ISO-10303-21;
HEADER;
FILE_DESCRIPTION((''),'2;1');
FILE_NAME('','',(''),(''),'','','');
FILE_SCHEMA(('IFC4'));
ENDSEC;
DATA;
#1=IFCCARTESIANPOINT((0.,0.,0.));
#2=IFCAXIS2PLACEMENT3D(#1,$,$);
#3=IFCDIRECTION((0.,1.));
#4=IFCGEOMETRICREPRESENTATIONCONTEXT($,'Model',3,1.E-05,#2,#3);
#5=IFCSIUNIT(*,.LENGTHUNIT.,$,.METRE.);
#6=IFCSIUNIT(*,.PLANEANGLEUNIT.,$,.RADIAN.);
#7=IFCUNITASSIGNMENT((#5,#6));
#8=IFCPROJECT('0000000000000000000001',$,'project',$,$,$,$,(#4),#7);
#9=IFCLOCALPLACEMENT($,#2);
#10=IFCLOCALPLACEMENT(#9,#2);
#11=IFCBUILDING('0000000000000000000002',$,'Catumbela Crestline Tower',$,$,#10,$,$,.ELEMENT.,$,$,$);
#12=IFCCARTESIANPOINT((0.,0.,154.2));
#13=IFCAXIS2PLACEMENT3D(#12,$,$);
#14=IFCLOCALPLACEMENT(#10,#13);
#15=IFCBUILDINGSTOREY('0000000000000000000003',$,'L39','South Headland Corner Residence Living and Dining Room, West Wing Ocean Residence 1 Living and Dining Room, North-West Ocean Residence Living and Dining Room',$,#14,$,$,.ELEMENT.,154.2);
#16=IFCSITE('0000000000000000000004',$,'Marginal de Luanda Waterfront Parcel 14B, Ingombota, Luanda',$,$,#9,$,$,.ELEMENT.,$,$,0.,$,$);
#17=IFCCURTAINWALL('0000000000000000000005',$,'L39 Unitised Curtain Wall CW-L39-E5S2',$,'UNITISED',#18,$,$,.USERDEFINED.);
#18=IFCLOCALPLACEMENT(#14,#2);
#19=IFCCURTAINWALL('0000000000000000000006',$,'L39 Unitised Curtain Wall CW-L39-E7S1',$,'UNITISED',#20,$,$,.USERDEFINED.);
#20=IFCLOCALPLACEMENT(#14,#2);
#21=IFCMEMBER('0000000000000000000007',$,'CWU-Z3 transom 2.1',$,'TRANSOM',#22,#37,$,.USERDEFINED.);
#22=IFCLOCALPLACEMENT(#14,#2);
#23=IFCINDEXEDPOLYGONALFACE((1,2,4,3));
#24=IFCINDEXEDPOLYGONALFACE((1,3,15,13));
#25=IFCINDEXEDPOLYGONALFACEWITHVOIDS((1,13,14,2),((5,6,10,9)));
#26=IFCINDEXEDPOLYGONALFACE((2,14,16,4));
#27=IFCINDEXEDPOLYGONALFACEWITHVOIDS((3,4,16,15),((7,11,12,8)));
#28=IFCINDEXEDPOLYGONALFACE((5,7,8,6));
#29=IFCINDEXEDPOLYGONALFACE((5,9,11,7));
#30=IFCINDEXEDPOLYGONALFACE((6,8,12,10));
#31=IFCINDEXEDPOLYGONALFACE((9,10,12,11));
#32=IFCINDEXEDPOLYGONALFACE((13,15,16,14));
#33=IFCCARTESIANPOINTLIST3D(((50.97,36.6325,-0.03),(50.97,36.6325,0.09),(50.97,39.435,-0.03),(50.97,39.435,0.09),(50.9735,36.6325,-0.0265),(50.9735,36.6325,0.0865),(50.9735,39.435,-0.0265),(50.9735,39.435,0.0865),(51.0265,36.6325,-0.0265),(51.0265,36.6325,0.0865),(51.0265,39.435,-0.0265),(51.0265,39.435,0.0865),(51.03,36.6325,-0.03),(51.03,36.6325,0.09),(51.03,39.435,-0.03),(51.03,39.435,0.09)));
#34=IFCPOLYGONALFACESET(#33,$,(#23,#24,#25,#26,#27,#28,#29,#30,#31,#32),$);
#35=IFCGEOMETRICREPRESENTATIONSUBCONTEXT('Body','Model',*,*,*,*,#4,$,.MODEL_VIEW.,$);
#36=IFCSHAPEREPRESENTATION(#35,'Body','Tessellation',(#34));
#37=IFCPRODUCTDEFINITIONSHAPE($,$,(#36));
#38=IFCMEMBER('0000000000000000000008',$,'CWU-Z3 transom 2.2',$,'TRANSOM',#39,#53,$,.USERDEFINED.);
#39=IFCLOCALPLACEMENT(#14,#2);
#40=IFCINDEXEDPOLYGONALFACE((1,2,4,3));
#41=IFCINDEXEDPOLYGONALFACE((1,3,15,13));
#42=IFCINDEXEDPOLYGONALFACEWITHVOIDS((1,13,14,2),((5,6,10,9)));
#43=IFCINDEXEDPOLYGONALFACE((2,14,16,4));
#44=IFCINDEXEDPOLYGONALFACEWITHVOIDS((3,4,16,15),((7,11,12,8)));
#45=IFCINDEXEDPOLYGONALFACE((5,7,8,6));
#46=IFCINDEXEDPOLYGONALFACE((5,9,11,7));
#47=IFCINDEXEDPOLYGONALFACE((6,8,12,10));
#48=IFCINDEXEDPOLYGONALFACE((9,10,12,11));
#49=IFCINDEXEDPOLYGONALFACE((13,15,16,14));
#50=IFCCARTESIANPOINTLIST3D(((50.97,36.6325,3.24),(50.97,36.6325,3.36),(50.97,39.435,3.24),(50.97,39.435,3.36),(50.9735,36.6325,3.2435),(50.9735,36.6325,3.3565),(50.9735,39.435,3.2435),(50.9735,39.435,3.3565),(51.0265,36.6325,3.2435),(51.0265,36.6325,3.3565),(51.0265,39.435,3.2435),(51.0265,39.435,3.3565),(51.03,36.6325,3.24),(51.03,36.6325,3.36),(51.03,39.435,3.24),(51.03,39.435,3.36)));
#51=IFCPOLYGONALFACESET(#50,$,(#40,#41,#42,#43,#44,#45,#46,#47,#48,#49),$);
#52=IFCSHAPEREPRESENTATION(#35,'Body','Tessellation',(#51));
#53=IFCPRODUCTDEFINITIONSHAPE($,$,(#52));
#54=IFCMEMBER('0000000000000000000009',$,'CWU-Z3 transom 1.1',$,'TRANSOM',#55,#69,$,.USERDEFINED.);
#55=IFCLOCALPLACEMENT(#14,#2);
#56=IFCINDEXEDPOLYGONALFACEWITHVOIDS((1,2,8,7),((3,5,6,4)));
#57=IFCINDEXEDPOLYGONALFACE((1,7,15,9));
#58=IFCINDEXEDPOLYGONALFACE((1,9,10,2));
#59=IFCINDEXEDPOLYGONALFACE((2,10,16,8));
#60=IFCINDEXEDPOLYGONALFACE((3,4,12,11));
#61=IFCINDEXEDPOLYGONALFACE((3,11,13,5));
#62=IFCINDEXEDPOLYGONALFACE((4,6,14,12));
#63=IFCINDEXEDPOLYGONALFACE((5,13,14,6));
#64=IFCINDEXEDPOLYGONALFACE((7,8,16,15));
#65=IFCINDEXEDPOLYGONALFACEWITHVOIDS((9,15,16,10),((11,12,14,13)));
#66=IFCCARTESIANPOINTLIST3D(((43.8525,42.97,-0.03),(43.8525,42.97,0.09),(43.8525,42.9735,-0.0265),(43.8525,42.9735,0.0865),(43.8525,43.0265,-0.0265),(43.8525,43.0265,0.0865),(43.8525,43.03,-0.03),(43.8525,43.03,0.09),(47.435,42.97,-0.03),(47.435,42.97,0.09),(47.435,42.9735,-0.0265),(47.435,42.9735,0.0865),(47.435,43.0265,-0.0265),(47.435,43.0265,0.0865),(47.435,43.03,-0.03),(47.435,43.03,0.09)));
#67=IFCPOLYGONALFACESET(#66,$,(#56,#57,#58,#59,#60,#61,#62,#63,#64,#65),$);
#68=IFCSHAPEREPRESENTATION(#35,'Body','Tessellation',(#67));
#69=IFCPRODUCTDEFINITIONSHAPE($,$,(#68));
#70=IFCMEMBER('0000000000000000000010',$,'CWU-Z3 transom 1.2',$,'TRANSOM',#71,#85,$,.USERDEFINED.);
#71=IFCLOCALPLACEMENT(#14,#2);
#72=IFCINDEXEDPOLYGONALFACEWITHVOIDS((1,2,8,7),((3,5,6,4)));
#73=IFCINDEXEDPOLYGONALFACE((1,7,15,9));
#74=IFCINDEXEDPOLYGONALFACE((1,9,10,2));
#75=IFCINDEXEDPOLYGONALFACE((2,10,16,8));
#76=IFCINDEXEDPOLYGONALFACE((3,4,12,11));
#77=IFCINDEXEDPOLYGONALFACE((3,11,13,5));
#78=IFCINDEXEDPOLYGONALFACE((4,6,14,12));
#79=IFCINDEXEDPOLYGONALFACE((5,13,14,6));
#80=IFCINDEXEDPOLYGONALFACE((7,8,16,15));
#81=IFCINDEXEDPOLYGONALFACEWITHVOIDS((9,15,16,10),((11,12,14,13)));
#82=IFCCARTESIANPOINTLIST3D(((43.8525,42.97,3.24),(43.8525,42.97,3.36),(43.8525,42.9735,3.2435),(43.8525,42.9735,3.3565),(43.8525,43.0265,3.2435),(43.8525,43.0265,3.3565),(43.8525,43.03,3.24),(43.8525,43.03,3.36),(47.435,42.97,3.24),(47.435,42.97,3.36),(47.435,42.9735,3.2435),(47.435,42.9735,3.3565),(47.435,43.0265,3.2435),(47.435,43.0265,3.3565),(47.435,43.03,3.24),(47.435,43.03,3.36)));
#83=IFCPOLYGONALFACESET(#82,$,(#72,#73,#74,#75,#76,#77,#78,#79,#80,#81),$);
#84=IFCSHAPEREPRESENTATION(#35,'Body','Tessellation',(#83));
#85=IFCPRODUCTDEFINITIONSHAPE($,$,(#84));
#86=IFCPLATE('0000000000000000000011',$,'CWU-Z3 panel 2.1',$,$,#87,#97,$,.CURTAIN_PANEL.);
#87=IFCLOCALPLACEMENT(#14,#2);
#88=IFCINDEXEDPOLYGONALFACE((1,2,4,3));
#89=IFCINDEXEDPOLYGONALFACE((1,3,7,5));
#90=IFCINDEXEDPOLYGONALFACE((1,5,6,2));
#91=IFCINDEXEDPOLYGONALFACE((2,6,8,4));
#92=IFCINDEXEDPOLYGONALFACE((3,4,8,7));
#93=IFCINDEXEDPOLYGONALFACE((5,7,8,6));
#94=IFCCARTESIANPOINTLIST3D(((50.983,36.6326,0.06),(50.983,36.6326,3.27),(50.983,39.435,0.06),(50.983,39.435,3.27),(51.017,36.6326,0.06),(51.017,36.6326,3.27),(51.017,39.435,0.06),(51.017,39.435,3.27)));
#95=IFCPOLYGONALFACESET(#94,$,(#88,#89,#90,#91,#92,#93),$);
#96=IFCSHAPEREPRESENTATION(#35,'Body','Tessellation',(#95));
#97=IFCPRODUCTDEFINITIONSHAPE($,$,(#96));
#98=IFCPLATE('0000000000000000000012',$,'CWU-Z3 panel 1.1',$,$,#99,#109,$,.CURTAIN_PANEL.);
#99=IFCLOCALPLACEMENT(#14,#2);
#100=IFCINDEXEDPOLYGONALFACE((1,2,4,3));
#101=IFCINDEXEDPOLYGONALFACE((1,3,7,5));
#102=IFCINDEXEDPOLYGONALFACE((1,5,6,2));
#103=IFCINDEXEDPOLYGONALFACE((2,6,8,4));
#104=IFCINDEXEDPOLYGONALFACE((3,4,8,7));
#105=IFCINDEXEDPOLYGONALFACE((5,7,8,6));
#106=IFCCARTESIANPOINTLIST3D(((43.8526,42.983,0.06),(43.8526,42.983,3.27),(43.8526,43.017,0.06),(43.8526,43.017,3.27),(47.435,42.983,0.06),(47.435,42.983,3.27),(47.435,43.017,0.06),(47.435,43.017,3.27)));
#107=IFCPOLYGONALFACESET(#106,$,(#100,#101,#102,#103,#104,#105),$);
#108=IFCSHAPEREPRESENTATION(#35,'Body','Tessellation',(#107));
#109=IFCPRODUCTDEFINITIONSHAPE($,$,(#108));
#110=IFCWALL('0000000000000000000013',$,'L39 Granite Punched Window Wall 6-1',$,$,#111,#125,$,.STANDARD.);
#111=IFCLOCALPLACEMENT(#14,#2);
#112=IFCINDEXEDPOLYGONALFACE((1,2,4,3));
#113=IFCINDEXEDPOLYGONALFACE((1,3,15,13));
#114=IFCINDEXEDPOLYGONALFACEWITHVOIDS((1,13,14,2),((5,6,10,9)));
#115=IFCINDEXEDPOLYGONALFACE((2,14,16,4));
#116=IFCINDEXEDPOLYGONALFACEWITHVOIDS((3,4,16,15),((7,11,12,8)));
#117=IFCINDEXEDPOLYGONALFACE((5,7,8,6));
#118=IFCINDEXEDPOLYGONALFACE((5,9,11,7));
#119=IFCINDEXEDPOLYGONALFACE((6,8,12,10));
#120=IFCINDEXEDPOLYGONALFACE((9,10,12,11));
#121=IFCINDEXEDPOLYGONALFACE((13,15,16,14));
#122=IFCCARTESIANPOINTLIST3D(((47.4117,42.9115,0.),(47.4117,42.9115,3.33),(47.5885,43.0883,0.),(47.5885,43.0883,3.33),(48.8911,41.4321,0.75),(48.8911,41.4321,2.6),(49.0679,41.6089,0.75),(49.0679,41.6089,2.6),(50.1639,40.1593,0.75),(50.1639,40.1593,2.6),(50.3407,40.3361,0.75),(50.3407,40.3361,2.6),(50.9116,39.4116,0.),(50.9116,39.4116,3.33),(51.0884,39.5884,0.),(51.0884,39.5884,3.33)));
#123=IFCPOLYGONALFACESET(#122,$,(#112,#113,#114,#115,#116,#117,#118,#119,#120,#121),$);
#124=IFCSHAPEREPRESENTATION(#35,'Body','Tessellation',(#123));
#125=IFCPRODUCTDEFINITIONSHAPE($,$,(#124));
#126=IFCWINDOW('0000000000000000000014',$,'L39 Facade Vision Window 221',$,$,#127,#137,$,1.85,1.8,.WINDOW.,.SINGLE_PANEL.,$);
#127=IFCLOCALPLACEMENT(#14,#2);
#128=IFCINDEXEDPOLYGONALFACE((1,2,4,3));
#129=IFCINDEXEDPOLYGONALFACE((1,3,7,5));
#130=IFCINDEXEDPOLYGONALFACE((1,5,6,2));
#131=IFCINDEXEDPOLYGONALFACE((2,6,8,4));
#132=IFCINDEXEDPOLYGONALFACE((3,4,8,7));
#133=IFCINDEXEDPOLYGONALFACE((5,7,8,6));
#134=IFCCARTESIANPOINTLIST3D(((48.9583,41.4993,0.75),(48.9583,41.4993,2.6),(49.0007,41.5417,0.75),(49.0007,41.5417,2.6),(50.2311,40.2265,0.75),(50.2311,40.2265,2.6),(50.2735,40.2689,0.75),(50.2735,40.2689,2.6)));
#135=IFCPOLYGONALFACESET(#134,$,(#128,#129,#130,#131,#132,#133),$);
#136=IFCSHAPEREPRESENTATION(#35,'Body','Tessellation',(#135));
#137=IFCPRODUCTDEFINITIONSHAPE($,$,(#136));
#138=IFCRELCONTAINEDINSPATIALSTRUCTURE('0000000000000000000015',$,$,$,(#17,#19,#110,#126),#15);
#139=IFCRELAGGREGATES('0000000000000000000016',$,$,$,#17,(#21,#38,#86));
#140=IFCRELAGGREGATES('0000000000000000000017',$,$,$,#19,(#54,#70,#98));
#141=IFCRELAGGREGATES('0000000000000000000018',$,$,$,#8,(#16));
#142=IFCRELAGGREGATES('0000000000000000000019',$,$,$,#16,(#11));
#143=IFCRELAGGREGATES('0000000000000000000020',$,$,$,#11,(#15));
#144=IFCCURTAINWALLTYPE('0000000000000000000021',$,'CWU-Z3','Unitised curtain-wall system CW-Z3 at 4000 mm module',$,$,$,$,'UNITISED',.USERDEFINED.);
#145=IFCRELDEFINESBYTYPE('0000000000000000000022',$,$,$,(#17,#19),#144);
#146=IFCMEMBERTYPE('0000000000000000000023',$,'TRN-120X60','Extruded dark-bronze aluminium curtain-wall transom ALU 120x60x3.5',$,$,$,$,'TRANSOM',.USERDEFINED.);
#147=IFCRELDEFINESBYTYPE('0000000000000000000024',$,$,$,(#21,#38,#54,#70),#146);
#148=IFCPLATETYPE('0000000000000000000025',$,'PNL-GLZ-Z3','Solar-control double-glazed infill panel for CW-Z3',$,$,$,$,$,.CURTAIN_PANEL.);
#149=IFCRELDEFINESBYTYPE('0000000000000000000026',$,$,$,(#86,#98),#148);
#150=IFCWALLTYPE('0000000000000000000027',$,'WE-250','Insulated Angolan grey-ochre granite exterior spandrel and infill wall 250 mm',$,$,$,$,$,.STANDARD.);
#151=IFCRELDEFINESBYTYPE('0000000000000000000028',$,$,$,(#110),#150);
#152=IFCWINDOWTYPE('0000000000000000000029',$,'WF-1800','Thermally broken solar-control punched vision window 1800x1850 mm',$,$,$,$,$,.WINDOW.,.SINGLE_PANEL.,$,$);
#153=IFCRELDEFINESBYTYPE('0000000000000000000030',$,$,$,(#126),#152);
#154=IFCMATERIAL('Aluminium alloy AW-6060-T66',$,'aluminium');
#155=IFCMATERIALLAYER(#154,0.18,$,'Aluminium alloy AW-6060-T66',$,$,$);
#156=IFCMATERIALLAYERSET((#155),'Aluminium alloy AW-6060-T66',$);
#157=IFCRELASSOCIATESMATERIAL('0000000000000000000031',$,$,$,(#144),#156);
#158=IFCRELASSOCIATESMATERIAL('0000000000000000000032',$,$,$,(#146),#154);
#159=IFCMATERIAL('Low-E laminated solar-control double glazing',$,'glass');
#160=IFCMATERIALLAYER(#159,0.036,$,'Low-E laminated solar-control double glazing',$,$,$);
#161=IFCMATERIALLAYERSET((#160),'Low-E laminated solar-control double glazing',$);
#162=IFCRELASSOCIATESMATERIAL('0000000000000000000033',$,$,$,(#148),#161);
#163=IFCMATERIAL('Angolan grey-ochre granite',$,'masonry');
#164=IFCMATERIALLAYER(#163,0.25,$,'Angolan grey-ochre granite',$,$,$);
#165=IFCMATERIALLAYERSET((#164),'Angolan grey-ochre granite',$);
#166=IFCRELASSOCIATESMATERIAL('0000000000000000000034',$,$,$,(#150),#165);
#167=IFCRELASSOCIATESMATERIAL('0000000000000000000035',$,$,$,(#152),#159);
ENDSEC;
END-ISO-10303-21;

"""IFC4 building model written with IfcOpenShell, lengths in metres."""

from ifc_helpers import new_model, si_unit, direction, frame, frame_2d, origin, origin_2d, place, context, subcontext, project, spatial, rectangle, hollow_rectangle, extrude, material, layer, layer_set, material_profile, profile_set, type_object, element, fill, aggregate, save


model = new_model("IFC4")

# Units and contexts
model_context = context("Model", 3, precision=1e-05, world=origin(), true_north=direction((0.0, 1.0)))
body_context = subcontext(model_context, "Body", "Model", "MODEL_VIEW")
ifc_project = project(units=[si_unit("LENGTHUNIT", "METRE"), si_unit("PLANEANGLEUNIT", "RADIAN")], contexts=[model_context])

# Site, building, storey
site_placement = place(None, origin())
site = spatial("IfcSite", under=ifc_project, at=site_placement, Name="Marginal de Luanda Waterfront Parcel 14B, Ingombota, Luanda", CompositionType="ELEMENT", RefElevation=0.0)
building_placement = place(site_placement, origin())
building = spatial("IfcBuilding", under=site, at=building_placement, Name="Catumbela Crestline Tower", CompositionType="ELEMENT")
storey_placement = place(building_placement, frame((0.0, 0.0, 154.2)))
storey = spatial("IfcBuildingStorey", under=building, at=storey_placement, Name="L39", Description="South Headland Corner Residence Living and Dining Room, West Wing Ocean Residence 1 Living and Dining Room, North-West Ocean Residence Living and Dining Room", CompositionType="ELEMENT", Elevation=154.2)

# Curtain walls
ifc_material_1 = material(Name="Aluminium alloy AW-6060-T66", Category="aluminium")
ifc_layer_1 = layer(ifc_material_1, 0.18, Name="Aluminium alloy AW-6060-T66")
ifc_layer_set_1 = layer_set([ifc_layer_1], Name="Aluminium alloy AW-6060-T66")
curtain_wall_type = type_object("IfcCurtainWallType", Name="CWU-Z3", Description="Unitised curtain-wall system CW-Z3 at 4000 mm module", ElementType="UNITISED", PredefinedType="USERDEFINED", material=ifc_layer_set_1)
curtain_wall_1_placement = place(storey_placement, origin())
curtain_wall_1 = element("IfcCurtainWall", 1, at=curtain_wall_1_placement, inside=storey, type_object=curtain_wall_type, Name="L39 Unitised Curtain Wall CW-L39-E5S2", ObjectType="UNITISED", PredefinedType="USERDEFINED")
curtain_wall_2_placement = place(storey_placement, origin())
curtain_wall_2 = element("IfcCurtainWall", 2, at=curtain_wall_2_placement, inside=storey, type_object=curtain_wall_type, Name="L39 Unitised Curtain Wall CW-L39-E7S1", ObjectType="UNITISED", PredefinedType="USERDEFINED")

# Members
ifc_material_profile_1 = material_profile(ifc_material_1, hollow_rectangle(XDim=0.06, YDim=0.12, WallThickness=0.0035, at=origin_2d()), Name="ALU 120x60x3.5")
ifc_profile_set_1 = profile_set([ifc_material_profile_1], Name="Aluminium alloy AW-6060-T66")
member_type_1 = type_object("IfcMemberType", Name="TRN-120X60", Description="Extruded dark-bronze aluminium curtain-wall transom ALU 120x60x3.5", ElementType="TRANSOM", PredefinedType="USERDEFINED", material=ifc_profile_set_1)
member_1_placement = place(storey_placement, frame((51.0, 36.6325, 0.03), z_axis=(0.0, 1.0, 0.0), x_axis=(-1.0, 0.0, 0.0)))
member_1 = element("IfcMember", 3, at=member_1_placement, type_object=member_type_1, Name="CWU-Z3 transom 2.1", ObjectType="TRANSOM", PredefinedType="USERDEFINED", context=body_context, shape_type="SweptSolid", body=[
    extrude(hollow_rectangle(XDim=0.06, YDim=0.12, WallThickness=0.0035, at=origin_2d()), origin(), (0.0, 0.0, 1.0), 2.8025),
])
member_2_placement = place(storey_placement, frame((51.0, 36.6325, 3.3), z_axis=(0.0, 1.0, 0.0), x_axis=(-1.0, 0.0, 0.0)))
member_2 = element("IfcMember", 4, at=member_2_placement, type_object=member_type_1, Name="CWU-Z3 transom 2.2", ObjectType="TRANSOM", PredefinedType="USERDEFINED", context=body_context, shape_type="SweptSolid", body=[
    extrude(hollow_rectangle(XDim=0.06, YDim=0.12, WallThickness=0.0035, at=origin_2d()), origin(), (0.0, 0.0, 1.0), 2.8025),
])
member_3_placement = place(storey_placement, frame((47.435, 43.0, 0.03), z_axis=(-1.0, 0.0, 0.0), x_axis=(0.0, -1.0, 0.0)))
member_3 = element("IfcMember", 5, at=member_3_placement, type_object=member_type_1, Name="CWU-Z3 transom 1.1", ObjectType="TRANSOM", PredefinedType="USERDEFINED", context=body_context, shape_type="SweptSolid", body=[
    extrude(hollow_rectangle(XDim=0.06, YDim=0.12, WallThickness=0.0035, at=origin_2d()), origin(), (0.0, 0.0, 1.0), 3.5825),
])
member_4_placement = place(storey_placement, frame((47.435, 43.0, 3.3), z_axis=(-1.0, 0.0, 0.0), x_axis=(0.0, -1.0, 0.0)))
member_4 = element("IfcMember", 6, at=member_4_placement, type_object=member_type_1, Name="CWU-Z3 transom 1.2", ObjectType="TRANSOM", PredefinedType="USERDEFINED", context=body_context, shape_type="SweptSolid", body=[
    extrude(hollow_rectangle(XDim=0.06, YDim=0.12, WallThickness=0.0035, at=origin_2d()), origin(), (0.0, 0.0, 1.0), 3.5825),
])

# Plates
ifc_material_2 = material(Name="Low-E laminated solar-control double glazing", Category="glass")
ifc_layer_2 = layer(ifc_material_2, 0.036, Name="Low-E laminated solar-control double glazing")
ifc_layer_set_2 = layer_set([ifc_layer_2], Name="Low-E laminated solar-control double glazing")
plate_type = type_object("IfcPlateType", Name="PNL-GLZ-Z3", Description="Solar-control double-glazed infill panel for CW-Z3", PredefinedType="CURTAIN_PANEL", material=ifc_layer_set_2)
plate_1_placement = place(storey_placement, frame((51.0, 38.0338, 0.06), z_axis=(0.0, 0.0, 1.0), x_axis=(0.0, 1.0, 0.0)))
plate_1 = element("IfcPlate", 7, at=plate_1_placement, type_object=plate_type, Name="CWU-Z3 panel 2.1", PredefinedType="CURTAIN_PANEL", context=body_context, shape_type="SweptSolid", body=[
    extrude(rectangle(XDim=2.8025, YDim=0.034, at=origin_2d()), origin(), (0.0, 0.0, 1.0), 3.21),
])
aggregate(curtain_wall_1, [member_1, member_2, plate_1])
plate_2_placement = place(storey_placement, frame((45.6438, 43.0, 0.06), z_axis=(0.0, 0.0, 1.0), x_axis=(-1.0, 0.0, 0.0)))
plate_2 = element("IfcPlate", 8, at=plate_2_placement, type_object=plate_type, Name="CWU-Z3 panel 1.1", PredefinedType="CURTAIN_PANEL", context=body_context, shape_type="SweptSolid", body=[
    extrude(rectangle(XDim=3.5825, YDim=0.034, at=origin_2d()), origin(), (0.0, 0.0, 1.0), 3.21),
])
aggregate(curtain_wall_2, [member_3, member_4, plate_2])

# Wall, opening, window
ifc_material_3 = material(Name="Angolan grey-ochre granite", Category="masonry")
ifc_layer_3 = layer(ifc_material_3, 0.25, Name="Angolan grey-ochre granite")
ifc_layer_set_3 = layer_set([ifc_layer_3], Name="Angolan grey-ochre granite")
wall_type_1 = type_object("IfcWallType", Name="WE-250", Description="Insulated Angolan grey-ochre granite exterior spandrel and infill wall 250 mm", PredefinedType="STANDARD", material=ifc_layer_set_3)
wall_1_placement = place(storey_placement, frame((51.0, 39.5, 0.0), z_axis=(0.0, 0.0, 1.0), x_axis=(-0.707107, 0.707107, 0.0)))
wall_1 = element("IfcWall", 9, at=wall_1_placement, inside=storey, type_object=wall_type_1, Name="L39 Granite Punched Window Wall 6-1", PredefinedType="STANDARD", context=body_context, shape_type="SweptSolid", body=[
    extrude(rectangle(XDim=4.9497, YDim=0.25, at=frame_2d((2.4748, 0.0))), origin(), (0.0, 0.0, 1.0), 3.33),
])
opening_1_placement = place(wall_1_placement, frame((1.0574, 0.0, 0.75)))
opening_1 = element("IfcOpeningElement", 10, at=opening_1_placement, cuts=wall_1, PredefinedType="OPENING", context=body_context, shape_type="SweptSolid", body=[
    extrude(rectangle(XDim=1.8, YDim=1.85, at=frame_2d((0.9, 0.925))), frame((0.0, 0.135, 0.0), z_axis=(0.0, -1.0, 0.0), x_axis=(1.0, 0.0, 0.0)), (0.0, 0.0, 1.0), 0.27),
])
window_type = type_object("IfcWindowType", Name="WF-1800", Description="Thermally broken solar-control punched vision window 1800x1850 mm", PartitioningType="SINGLE_PANEL", PredefinedType="WINDOW", material=ifc_material_2)
window_placement = place(opening_1_placement, origin())
window = element("IfcWindow", 11, at=window_placement, inside=storey, type_object=window_type, Name="L39 Facade Vision Window 221", OverallHeight=1.85, OverallWidth=1.8, PartitioningType="SINGLE_PANEL", PredefinedType="WINDOW", context=body_context, shape_type="SweptSolid", body=[
    extrude(rectangle(XDim=1.8, YDim=1.85, at=frame_2d((0.9, 0.925))), frame((0.0, 0.03, 0.0), z_axis=(0.0, -1.0, 0.0), x_axis=(1.0, 0.0, 0.0)), (0.0, 0.0, 1.0), 0.06),
])
fill(opening_1, window)

save(model, "model.ifc")
